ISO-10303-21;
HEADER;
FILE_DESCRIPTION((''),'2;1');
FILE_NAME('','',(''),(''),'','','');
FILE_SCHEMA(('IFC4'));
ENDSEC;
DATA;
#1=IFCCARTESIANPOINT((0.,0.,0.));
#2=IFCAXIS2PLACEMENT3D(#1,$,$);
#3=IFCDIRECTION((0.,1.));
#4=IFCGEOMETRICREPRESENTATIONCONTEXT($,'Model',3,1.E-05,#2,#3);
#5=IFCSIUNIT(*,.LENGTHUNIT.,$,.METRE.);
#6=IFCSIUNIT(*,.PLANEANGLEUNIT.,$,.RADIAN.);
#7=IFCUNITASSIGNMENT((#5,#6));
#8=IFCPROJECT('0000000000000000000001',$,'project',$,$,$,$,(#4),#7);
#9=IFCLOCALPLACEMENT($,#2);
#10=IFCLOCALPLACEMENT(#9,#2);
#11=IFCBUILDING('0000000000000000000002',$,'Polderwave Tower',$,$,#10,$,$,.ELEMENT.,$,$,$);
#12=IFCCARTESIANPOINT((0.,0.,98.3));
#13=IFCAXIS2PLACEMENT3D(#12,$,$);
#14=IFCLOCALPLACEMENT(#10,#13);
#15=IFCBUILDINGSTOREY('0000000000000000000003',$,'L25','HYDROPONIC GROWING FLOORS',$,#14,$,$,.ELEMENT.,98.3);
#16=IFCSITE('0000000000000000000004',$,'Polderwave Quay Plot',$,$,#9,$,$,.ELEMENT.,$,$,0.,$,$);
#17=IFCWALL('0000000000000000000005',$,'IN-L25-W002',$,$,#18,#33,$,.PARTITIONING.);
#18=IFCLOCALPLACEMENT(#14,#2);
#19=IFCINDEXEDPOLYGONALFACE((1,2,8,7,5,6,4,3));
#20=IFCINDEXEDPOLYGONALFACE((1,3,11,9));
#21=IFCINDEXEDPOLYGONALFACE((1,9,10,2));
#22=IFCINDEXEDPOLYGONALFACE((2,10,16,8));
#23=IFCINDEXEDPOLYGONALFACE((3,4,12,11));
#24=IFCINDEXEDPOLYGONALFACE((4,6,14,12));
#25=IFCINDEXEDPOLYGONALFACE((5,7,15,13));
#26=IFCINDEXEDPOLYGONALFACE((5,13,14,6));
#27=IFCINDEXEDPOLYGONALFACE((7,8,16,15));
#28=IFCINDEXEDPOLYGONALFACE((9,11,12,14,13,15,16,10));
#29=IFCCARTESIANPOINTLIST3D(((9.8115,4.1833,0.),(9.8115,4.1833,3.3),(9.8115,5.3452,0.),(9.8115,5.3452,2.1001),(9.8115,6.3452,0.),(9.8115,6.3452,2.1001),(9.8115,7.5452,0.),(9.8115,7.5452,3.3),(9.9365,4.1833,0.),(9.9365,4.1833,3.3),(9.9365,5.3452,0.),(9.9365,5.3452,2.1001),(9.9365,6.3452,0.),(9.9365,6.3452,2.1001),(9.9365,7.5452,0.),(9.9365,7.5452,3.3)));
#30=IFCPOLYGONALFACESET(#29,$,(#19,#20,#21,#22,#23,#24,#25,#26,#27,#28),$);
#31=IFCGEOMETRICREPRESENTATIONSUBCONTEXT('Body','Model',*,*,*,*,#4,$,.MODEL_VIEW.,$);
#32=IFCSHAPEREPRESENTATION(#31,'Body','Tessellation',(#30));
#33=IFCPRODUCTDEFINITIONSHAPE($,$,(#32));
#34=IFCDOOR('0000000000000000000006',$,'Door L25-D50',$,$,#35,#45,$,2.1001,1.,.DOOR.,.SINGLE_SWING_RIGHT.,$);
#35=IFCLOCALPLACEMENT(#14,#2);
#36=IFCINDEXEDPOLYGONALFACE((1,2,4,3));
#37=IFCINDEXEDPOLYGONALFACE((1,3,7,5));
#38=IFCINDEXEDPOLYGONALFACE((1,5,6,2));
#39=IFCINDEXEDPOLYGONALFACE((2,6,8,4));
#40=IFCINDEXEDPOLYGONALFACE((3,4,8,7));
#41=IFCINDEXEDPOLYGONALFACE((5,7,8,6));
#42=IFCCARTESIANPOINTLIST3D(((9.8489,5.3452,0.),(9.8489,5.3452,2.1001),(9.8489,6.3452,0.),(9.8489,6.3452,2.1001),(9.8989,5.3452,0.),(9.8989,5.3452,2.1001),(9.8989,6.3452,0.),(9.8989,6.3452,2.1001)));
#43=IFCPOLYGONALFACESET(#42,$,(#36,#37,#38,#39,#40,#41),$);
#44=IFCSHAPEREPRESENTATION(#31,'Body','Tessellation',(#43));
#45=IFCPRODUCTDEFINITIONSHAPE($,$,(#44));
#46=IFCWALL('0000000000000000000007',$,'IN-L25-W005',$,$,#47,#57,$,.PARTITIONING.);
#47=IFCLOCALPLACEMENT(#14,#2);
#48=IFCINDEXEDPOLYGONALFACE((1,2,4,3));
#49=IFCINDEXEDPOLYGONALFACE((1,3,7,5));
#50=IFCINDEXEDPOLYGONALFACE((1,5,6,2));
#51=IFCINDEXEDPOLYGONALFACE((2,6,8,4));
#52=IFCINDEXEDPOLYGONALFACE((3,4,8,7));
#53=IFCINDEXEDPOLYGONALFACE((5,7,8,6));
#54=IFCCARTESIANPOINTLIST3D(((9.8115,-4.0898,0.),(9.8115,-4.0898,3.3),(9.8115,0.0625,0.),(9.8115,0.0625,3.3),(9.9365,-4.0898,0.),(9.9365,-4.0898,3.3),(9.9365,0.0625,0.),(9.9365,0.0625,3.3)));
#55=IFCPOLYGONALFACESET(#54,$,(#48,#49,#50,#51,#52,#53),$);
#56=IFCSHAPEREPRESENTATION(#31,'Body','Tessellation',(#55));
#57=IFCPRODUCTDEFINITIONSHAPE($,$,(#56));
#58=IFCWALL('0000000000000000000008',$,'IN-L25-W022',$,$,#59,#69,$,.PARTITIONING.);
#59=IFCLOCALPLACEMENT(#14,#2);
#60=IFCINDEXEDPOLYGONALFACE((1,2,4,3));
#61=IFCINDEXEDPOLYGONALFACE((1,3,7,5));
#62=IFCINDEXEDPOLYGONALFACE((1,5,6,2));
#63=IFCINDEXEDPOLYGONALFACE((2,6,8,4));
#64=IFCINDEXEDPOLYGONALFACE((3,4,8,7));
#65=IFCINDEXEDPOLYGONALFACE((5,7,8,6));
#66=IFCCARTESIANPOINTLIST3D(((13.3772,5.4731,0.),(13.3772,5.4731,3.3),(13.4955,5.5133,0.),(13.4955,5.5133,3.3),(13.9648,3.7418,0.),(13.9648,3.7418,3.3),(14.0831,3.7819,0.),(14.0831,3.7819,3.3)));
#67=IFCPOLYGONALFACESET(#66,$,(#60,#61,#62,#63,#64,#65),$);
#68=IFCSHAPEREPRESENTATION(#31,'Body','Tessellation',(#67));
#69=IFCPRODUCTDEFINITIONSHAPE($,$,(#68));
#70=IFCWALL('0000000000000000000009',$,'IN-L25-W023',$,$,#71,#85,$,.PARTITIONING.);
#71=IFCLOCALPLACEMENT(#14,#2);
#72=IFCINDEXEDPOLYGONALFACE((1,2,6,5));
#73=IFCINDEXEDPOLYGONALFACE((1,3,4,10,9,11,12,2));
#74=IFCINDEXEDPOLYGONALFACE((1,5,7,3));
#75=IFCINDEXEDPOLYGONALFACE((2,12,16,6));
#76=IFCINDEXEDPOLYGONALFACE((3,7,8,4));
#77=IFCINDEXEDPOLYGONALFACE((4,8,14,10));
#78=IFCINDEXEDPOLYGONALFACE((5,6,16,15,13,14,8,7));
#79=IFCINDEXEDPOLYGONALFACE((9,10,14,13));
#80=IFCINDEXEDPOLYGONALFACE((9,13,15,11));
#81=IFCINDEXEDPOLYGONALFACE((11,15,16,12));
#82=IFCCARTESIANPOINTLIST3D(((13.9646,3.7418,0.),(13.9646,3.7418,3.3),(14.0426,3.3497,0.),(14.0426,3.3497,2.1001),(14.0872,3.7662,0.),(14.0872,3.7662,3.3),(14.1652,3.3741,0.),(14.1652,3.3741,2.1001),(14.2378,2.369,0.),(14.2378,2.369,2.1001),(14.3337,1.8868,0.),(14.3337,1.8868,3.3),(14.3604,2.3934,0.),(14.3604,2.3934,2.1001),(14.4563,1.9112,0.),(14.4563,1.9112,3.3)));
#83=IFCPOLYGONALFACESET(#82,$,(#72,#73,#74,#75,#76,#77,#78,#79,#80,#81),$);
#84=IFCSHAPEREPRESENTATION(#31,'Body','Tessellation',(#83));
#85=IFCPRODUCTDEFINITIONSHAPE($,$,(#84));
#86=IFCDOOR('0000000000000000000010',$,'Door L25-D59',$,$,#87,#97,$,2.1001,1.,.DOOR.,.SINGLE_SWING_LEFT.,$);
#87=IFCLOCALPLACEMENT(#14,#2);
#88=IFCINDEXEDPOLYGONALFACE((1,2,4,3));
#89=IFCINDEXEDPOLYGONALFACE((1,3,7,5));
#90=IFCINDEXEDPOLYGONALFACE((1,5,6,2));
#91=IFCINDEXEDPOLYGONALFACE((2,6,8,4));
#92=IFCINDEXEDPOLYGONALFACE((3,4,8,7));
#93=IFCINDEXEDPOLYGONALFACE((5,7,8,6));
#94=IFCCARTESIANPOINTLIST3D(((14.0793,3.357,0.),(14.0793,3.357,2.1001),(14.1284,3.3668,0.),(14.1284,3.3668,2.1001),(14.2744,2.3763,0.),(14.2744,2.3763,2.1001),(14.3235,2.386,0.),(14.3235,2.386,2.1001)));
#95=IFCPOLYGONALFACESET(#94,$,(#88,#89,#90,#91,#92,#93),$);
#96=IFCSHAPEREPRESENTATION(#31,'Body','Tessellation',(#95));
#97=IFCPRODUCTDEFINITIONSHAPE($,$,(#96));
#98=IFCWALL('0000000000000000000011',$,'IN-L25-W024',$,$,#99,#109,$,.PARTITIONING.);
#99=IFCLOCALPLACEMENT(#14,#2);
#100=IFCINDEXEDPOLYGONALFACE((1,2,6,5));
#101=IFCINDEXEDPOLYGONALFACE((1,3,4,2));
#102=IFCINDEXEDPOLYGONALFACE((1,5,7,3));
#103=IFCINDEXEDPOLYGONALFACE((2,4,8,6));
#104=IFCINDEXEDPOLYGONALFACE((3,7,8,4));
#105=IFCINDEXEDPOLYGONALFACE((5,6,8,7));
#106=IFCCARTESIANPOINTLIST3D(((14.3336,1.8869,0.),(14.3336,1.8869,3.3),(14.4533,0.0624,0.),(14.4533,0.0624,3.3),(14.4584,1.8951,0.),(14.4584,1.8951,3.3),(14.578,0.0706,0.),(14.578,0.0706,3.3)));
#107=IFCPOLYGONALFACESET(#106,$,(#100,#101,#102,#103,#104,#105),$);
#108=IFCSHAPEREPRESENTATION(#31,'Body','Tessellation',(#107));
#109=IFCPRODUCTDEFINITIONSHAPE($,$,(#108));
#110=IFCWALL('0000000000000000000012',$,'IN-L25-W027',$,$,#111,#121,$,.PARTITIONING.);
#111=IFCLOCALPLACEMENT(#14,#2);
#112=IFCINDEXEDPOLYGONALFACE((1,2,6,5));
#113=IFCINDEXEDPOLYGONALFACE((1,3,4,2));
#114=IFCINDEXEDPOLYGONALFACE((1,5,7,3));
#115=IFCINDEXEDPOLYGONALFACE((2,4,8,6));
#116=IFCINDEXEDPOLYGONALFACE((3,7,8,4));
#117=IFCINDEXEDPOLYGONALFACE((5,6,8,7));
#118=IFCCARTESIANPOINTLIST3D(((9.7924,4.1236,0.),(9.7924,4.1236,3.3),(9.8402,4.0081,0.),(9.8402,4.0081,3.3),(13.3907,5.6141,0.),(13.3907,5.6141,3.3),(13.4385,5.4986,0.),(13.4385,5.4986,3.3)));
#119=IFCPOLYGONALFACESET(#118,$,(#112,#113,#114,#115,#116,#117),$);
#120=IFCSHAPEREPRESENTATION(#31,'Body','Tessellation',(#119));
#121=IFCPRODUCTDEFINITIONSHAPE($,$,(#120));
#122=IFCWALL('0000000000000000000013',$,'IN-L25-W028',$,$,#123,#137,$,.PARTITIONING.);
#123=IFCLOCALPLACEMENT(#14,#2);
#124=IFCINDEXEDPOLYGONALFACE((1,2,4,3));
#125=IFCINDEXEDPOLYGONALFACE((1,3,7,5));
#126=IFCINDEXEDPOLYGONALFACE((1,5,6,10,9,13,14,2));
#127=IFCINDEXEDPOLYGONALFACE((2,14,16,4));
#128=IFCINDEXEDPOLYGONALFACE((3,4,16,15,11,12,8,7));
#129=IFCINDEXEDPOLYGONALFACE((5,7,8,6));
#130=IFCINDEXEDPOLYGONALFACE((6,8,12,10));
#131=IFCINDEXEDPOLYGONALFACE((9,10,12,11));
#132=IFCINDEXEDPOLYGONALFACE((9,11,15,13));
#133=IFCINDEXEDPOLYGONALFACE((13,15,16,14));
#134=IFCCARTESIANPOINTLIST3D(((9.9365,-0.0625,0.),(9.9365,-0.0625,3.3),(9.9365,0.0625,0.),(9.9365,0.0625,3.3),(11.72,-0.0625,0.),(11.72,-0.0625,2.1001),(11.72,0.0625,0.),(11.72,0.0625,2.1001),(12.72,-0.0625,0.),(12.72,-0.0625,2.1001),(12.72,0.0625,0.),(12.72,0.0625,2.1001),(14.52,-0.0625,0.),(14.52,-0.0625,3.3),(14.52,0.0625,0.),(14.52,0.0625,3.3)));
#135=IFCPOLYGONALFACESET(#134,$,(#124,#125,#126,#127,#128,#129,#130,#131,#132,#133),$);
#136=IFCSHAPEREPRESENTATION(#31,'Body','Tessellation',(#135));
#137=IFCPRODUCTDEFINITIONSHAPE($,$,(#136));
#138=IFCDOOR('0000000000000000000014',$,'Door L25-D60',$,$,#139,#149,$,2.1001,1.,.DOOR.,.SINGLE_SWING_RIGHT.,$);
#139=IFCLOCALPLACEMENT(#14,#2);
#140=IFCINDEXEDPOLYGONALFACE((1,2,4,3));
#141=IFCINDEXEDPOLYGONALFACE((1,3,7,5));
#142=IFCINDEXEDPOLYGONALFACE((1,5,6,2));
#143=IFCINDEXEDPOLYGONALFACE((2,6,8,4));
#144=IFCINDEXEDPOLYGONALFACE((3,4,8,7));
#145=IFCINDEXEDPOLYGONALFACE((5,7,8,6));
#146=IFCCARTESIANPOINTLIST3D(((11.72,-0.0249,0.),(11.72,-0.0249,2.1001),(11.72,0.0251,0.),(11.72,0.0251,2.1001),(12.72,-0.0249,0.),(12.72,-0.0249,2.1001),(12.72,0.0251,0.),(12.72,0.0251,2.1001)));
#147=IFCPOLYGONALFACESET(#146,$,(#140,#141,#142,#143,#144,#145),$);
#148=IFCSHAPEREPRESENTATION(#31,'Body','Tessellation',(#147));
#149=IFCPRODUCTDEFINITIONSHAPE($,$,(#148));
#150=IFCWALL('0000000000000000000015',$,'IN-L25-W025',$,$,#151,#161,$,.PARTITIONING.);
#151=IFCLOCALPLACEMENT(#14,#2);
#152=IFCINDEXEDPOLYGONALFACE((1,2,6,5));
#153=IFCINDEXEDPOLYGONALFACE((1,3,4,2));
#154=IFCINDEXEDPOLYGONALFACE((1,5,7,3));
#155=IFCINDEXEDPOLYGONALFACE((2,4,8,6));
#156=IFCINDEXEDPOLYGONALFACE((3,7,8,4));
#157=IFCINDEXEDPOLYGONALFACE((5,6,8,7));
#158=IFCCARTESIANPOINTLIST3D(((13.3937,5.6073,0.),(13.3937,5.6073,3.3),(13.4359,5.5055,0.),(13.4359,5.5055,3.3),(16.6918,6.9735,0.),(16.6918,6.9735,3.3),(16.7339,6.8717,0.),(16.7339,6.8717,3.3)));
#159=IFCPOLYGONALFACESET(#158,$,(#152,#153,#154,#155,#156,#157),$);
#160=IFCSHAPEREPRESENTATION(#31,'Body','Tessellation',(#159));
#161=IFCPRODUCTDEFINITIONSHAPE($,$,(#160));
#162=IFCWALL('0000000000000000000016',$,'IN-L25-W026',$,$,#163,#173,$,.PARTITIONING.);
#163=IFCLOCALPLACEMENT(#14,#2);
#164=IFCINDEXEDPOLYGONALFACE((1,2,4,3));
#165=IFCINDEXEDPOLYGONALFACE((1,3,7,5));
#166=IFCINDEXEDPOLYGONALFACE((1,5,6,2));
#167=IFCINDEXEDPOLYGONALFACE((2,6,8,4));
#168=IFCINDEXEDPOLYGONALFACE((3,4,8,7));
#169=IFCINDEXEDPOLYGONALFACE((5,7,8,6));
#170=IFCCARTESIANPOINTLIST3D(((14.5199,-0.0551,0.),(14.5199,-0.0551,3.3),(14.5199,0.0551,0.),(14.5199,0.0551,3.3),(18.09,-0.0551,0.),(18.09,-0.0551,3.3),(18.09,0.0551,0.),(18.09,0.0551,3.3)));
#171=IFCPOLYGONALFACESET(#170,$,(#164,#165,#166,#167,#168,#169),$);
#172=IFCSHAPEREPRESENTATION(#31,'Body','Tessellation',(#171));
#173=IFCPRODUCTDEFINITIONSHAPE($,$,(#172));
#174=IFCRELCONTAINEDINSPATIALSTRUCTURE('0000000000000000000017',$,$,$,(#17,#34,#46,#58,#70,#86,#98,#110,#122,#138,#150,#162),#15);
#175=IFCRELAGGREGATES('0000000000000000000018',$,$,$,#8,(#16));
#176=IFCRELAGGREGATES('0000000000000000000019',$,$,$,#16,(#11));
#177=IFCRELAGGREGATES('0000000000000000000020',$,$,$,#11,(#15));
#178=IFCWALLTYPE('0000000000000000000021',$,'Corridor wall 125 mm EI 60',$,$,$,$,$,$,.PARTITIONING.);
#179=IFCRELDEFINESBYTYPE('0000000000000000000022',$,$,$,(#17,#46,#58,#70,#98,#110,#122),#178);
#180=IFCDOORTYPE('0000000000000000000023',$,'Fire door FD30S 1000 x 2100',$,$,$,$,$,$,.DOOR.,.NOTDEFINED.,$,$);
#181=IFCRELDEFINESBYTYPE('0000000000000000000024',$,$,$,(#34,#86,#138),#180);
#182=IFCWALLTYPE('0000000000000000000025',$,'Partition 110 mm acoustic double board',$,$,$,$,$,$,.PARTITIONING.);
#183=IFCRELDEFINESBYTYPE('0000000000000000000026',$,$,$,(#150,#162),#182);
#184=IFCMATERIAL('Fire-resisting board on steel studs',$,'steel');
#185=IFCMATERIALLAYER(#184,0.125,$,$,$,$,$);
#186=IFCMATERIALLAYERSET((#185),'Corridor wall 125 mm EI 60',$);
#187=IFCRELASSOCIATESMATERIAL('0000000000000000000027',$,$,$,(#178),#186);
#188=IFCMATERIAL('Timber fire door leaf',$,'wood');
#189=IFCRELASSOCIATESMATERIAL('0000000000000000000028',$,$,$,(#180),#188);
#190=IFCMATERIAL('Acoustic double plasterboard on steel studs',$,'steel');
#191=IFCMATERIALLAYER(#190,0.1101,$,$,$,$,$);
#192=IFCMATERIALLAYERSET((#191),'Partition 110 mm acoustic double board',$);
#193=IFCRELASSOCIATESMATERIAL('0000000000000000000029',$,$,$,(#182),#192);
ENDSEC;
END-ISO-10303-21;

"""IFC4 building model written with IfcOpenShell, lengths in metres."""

from ifc_helpers import new_model, si_unit, direction, frame, frame_2d, origin, place, context, subcontext, project, spatial, rectangle, extrude, material, layer, layer_set, type_object, element, fill, save


model = new_model("IFC4")

# Units and contexts
model_context = context("Model", 3, precision=1e-05, world=origin(), true_north=direction((0.0, 1.0)))
body_context = subcontext(model_context, "Body", "Model", "MODEL_VIEW")
ifc_project = project(units=[si_unit("LENGTHUNIT", "METRE"), si_unit("PLANEANGLEUNIT", "RADIAN")], contexts=[model_context])

# Site, building, storey
site_placement = place(None, origin())
site = spatial("IfcSite", under=ifc_project, at=site_placement, Name="Polderwave Quay Plot", CompositionType="ELEMENT", RefElevation=0.0)
building_placement = place(site_placement, origin())
building = spatial("IfcBuilding", under=site, at=building_placement, Name="Polderwave Tower", CompositionType="ELEMENT")
storey_placement = place(building_placement, frame((0.0, 0.0, 98.3)))
storey = spatial("IfcBuildingStorey", under=building, at=storey_placement, Name="L25", Description="HYDROPONIC GROWING FLOORS", CompositionType="ELEMENT", Elevation=98.3)

# Wall, opening, door
ifc_material_1 = material(Name="Fire-resisting board on steel studs", Category="steel")
ifc_layer_1 = layer(ifc_material_1, 0.125)
ifc_layer_set_1 = layer_set([ifc_layer_1], Name="Corridor wall 125 mm EI 60")
wall_type_1 = type_object("IfcWallType", Name="Corridor wall 125 mm EI 60", PredefinedType="PARTITIONING", material=ifc_layer_set_1)
wall_1_placement = place(storey_placement, frame((9.874, 7.5452, 0.0), z_axis=(0.0, 0.0, 1.0), x_axis=(0.0, -1.0, 0.0)))
wall_1 = element("IfcWall", 1, at=wall_1_placement, inside=storey, type_object=wall_type_1, Name="IN-L25-W002", PredefinedType="PARTITIONING", context=body_context, shape_type="SweptSolid", body=[
    extrude(rectangle(XDim=3.3618, YDim=0.125, at=frame_2d((1.6809, 0.0))), origin(), (0.0, 0.0, 1.0), 3.3),
])
opening_1_placement = place(wall_1_placement, frame((1.2, 0.0, 0.0)))
opening_1 = element("IfcOpeningElement", 2, at=opening_1_placement, cuts=wall_1, PredefinedType="OPENING", context=body_context, shape_type="SweptSolid", body=[
    extrude(rectangle(XDim=1.0, YDim=2.1001, at=frame_2d((0.5, 1.05))), frame((0.0, 0.0725, 0.0), z_axis=(0.0, -1.0, 0.0), x_axis=(1.0, 0.0, 0.0)), (0.0, 0.0, 1.0), 0.145),
])
ifc_material_2 = material(Name="Timber fire door leaf", Category="wood")
door_type = type_object("IfcDoorType", Name="Fire door FD30S 1000 x 2100", OperationType="NOTDEFINED", PredefinedType="DOOR", material=ifc_material_2)
door_1_placement = place(opening_1_placement, origin())
door_1 = element("IfcDoor", 3, at=door_1_placement, inside=storey, type_object=door_type, Name="Door L25-D50", OperationType="SINGLE_SWING_RIGHT", OverallHeight=2.1001, OverallWidth=1.0, PredefinedType="DOOR", context=body_context, shape_type="SweptSolid", body=[
    extrude(rectangle(XDim=1.0, YDim=2.1001, at=frame_2d((0.5, 1.05))), frame((0.0, 0.0249, 0.0), z_axis=(0.0, -1.0, 0.0), x_axis=(1.0, 0.0, 0.0)), (0.0, 0.0, 1.0), 0.05),
])
fill(opening_1, door_1)

# Walls
wall_2_placement = place(storey_placement, frame((9.874, 0.0625, 0.0), z_axis=(0.0, 0.0, 1.0), x_axis=(0.0, -1.0, 0.0)))
element("IfcWall", 4, at=wall_2_placement, inside=storey, type_object=wall_type_1, Name="IN-L25-W005", PredefinedType="PARTITIONING", context=body_context, shape_type="SweptSolid", body=[
    extrude(rectangle(XDim=4.1523, YDim=0.125, at=frame_2d((2.0762, 0.0))), origin(), (0.0, 0.0, 1.0), 3.3),
])
wall_3_placement = place(storey_placement, frame((14.0239, 3.762, 0.0), z_axis=(0.0, 0.0, 1.0), x_axis=(-0.32139, 0.946947, 0.0)))
element("IfcWall", 5, at=wall_3_placement, inside=storey, type_object=wall_type_1, Name="IN-L25-W022", PredefinedType="PARTITIONING", context=body_context, shape_type="SweptSolid", body=[
    extrude(rectangle(XDim=1.8284, YDim=0.125, at=frame_2d((0.9141, 0.0))), origin(), (0.0, 0.0, 1.0), 3.3),
])

# Wall, opening, door
wall_4_placement = place(storey_placement, frame((14.0259, 3.7542, 0.0), z_axis=(0.0, 0.0, 1.0), x_axis=(0.195173, -0.980769, 0.0)))
wall_4 = element("IfcWall", 6, at=wall_4_placement, inside=storey, type_object=wall_type_1, Name="IN-L25-W023", PredefinedType="PARTITIONING", context=body_context, shape_type="SweptSolid", body=[
    extrude(rectangle(XDim=1.8914, YDim=0.125, at=frame_2d((0.9458, 0.0))), origin(), (0.0, 0.0, 1.0), 3.3),
])
opening_2_placement = place(wall_4_placement, frame((0.3999, 0.0, 0.0)))
opening_2 = element("IfcOpeningElement", 7, at=opening_2_placement, cuts=wall_4, PredefinedType="OPENING", context=body_context, shape_type="SweptSolid", body=[
    extrude(rectangle(XDim=1.0, YDim=2.1001, at=frame_2d((0.5, 1.05))), frame((0.0, 0.0725, 0.0), z_axis=(0.0, -1.0, 0.0), x_axis=(1.0, 0.0, 0.0)), (0.0, 0.0, 1.0), 0.145),
])
door_2_placement = place(opening_2_placement, origin())
door_2 = element("IfcDoor", 8, at=door_2_placement, inside=storey, type_object=door_type, Name="Door L25-D59", OperationType="SINGLE_SWING_LEFT", OverallHeight=2.1001, OverallWidth=1.0, PredefinedType="DOOR", context=body_context, shape_type="SweptSolid", body=[
    extrude(rectangle(XDim=1.0, YDim=2.1001, at=frame_2d((0.5, 1.05))), frame((0.0, 0.0249, 0.0), z_axis=(0.0, -1.0, 0.0), x_axis=(1.0, 0.0, 0.0)), (0.0, 0.0, 1.0), 0.05),
])
fill(opening_2, door_2)

# Walls
wall_5_placement = place(storey_placement, frame((14.5156, 0.0667, 0.0), z_axis=(0.0, 0.0, 1.0), x_axis=(-0.065429, 0.997857, 0.0)))
element("IfcWall", 9, at=wall_5_placement, inside=storey, type_object=wall_type_1, Name="IN-L25-W024", PredefinedType="PARTITIONING", context=body_context, shape_type="SweptSolid", body=[
    extrude(rectangle(XDim=1.8284, YDim=0.125, at=frame_2d((0.9141, 0.0))), origin(), (0.0, 0.0, 1.0), 3.3),
])
wall_6_placement = place(storey_placement, frame((9.8164, 4.0659, 0.0), z_axis=(0.0, 0.0, 1.0), x_axis=(0.923882, 0.382678, 0.0)))
element("IfcWall", 10, at=wall_6_placement, inside=storey, type_object=wall_type_1, Name="IN-L25-W027", PredefinedType="PARTITIONING", context=body_context, shape_type="SweptSolid", body=[
    extrude(rectangle(XDim=3.8948, YDim=0.125, at=frame_2d((1.9473, 0.0))), origin(), (0.0, 0.0, 1.0), 3.3),
])

# Wall, opening, door
wall_7_placement = place(storey_placement, frame((14.52, 0.0, 0.0), z_axis=(0.0, 0.0, 1.0), x_axis=(-1.0, 0.0, 0.0)))
wall_7 = element("IfcWall", 11, at=wall_7_placement, inside=storey, type_object=wall_type_1, Name="IN-L25-W028", PredefinedType="PARTITIONING", context=body_context, shape_type="SweptSolid", body=[
    extrude(rectangle(XDim=4.5835, YDim=0.125, at=frame_2d((2.2917, 0.0))), origin(), (0.0, 0.0, 1.0), 3.3),
])
opening_3_placement = place(wall_7_placement, frame((1.8, 0.0, 0.0)))
opening_3 = element("IfcOpeningElement", 12, at=opening_3_placement, cuts=wall_7, PredefinedType="OPENING", context=body_context, shape_type="SweptSolid", body=[
    extrude(rectangle(XDim=1.0, YDim=2.1001, at=frame_2d((0.5, 1.05))), frame((0.0, 0.0725, 0.0), z_axis=(0.0, -1.0, 0.0), x_axis=(1.0, 0.0, 0.0)), (0.0, 0.0, 1.0), 0.145),
])
door_3_placement = place(opening_3_placement, origin())
door_3 = element("IfcDoor", 13, at=door_3_placement, inside=storey, type_object=door_type, Name="Door L25-D60", OperationType="SINGLE_SWING_RIGHT", OverallHeight=2.1001, OverallWidth=1.0, PredefinedType="DOOR", context=body_context, shape_type="SweptSolid", body=[
    extrude(rectangle(XDim=1.0, YDim=2.1001, at=frame_2d((0.5, 1.05))), frame((0.0, 0.0249, 0.0), z_axis=(0.0, -1.0, 0.0), x_axis=(1.0, 0.0, 0.0)), (0.0, 0.0, 1.0), 0.05),
])
fill(opening_3, door_3)

# Walls
ifc_material_3 = material(Name="Acoustic double plasterboard on steel studs", Category="steel")
ifc_layer_2 = layer(ifc_material_3, 0.1101)
ifc_layer_set_2 = layer_set([ifc_layer_2], Name="Partition 110 mm acoustic double board")
wall_type_2 = type_object("IfcWallType", Name="Partition 110 mm acoustic double board", PredefinedType="PARTITIONING", material=ifc_layer_set_2)
wall_8_placement = place(storey_placement, frame((13.4148, 5.5564, 0.0), z_axis=(0.0, 0.0, 1.0), x_axis=(0.92387, 0.382706, 0.0)))
element("IfcWall", 14, at=wall_8_placement, inside=storey, type_object=wall_type_2, Name="IN-L25-W025", PredefinedType="PARTITIONING", context=body_context, shape_type="SweptSolid", body=[
    extrude(rectangle(XDim=3.5698, YDim=0.1101, at=frame_2d((1.7849, 0.0))), origin(), (0.0, 0.0, 1.0), 3.3),
])
wall_9_placement = place(storey_placement, frame((18.0901, 0.0, 0.0), z_axis=(0.0, 0.0, 1.0), x_axis=(-1.0, 0.0, 0.0)))
element("IfcWall", 15, at=wall_9_placement, inside=storey, type_object=wall_type_2, Name="IN-L25-W026", PredefinedType="PARTITIONING", context=body_context, shape_type="SweptSolid", body=[
    extrude(rectangle(XDim=3.5701, YDim=0.1101, at=frame_2d((1.7852, 0.0))), origin(), (0.0, 0.0, 1.0), 3.3),
])

save(model, "model.ifc")
